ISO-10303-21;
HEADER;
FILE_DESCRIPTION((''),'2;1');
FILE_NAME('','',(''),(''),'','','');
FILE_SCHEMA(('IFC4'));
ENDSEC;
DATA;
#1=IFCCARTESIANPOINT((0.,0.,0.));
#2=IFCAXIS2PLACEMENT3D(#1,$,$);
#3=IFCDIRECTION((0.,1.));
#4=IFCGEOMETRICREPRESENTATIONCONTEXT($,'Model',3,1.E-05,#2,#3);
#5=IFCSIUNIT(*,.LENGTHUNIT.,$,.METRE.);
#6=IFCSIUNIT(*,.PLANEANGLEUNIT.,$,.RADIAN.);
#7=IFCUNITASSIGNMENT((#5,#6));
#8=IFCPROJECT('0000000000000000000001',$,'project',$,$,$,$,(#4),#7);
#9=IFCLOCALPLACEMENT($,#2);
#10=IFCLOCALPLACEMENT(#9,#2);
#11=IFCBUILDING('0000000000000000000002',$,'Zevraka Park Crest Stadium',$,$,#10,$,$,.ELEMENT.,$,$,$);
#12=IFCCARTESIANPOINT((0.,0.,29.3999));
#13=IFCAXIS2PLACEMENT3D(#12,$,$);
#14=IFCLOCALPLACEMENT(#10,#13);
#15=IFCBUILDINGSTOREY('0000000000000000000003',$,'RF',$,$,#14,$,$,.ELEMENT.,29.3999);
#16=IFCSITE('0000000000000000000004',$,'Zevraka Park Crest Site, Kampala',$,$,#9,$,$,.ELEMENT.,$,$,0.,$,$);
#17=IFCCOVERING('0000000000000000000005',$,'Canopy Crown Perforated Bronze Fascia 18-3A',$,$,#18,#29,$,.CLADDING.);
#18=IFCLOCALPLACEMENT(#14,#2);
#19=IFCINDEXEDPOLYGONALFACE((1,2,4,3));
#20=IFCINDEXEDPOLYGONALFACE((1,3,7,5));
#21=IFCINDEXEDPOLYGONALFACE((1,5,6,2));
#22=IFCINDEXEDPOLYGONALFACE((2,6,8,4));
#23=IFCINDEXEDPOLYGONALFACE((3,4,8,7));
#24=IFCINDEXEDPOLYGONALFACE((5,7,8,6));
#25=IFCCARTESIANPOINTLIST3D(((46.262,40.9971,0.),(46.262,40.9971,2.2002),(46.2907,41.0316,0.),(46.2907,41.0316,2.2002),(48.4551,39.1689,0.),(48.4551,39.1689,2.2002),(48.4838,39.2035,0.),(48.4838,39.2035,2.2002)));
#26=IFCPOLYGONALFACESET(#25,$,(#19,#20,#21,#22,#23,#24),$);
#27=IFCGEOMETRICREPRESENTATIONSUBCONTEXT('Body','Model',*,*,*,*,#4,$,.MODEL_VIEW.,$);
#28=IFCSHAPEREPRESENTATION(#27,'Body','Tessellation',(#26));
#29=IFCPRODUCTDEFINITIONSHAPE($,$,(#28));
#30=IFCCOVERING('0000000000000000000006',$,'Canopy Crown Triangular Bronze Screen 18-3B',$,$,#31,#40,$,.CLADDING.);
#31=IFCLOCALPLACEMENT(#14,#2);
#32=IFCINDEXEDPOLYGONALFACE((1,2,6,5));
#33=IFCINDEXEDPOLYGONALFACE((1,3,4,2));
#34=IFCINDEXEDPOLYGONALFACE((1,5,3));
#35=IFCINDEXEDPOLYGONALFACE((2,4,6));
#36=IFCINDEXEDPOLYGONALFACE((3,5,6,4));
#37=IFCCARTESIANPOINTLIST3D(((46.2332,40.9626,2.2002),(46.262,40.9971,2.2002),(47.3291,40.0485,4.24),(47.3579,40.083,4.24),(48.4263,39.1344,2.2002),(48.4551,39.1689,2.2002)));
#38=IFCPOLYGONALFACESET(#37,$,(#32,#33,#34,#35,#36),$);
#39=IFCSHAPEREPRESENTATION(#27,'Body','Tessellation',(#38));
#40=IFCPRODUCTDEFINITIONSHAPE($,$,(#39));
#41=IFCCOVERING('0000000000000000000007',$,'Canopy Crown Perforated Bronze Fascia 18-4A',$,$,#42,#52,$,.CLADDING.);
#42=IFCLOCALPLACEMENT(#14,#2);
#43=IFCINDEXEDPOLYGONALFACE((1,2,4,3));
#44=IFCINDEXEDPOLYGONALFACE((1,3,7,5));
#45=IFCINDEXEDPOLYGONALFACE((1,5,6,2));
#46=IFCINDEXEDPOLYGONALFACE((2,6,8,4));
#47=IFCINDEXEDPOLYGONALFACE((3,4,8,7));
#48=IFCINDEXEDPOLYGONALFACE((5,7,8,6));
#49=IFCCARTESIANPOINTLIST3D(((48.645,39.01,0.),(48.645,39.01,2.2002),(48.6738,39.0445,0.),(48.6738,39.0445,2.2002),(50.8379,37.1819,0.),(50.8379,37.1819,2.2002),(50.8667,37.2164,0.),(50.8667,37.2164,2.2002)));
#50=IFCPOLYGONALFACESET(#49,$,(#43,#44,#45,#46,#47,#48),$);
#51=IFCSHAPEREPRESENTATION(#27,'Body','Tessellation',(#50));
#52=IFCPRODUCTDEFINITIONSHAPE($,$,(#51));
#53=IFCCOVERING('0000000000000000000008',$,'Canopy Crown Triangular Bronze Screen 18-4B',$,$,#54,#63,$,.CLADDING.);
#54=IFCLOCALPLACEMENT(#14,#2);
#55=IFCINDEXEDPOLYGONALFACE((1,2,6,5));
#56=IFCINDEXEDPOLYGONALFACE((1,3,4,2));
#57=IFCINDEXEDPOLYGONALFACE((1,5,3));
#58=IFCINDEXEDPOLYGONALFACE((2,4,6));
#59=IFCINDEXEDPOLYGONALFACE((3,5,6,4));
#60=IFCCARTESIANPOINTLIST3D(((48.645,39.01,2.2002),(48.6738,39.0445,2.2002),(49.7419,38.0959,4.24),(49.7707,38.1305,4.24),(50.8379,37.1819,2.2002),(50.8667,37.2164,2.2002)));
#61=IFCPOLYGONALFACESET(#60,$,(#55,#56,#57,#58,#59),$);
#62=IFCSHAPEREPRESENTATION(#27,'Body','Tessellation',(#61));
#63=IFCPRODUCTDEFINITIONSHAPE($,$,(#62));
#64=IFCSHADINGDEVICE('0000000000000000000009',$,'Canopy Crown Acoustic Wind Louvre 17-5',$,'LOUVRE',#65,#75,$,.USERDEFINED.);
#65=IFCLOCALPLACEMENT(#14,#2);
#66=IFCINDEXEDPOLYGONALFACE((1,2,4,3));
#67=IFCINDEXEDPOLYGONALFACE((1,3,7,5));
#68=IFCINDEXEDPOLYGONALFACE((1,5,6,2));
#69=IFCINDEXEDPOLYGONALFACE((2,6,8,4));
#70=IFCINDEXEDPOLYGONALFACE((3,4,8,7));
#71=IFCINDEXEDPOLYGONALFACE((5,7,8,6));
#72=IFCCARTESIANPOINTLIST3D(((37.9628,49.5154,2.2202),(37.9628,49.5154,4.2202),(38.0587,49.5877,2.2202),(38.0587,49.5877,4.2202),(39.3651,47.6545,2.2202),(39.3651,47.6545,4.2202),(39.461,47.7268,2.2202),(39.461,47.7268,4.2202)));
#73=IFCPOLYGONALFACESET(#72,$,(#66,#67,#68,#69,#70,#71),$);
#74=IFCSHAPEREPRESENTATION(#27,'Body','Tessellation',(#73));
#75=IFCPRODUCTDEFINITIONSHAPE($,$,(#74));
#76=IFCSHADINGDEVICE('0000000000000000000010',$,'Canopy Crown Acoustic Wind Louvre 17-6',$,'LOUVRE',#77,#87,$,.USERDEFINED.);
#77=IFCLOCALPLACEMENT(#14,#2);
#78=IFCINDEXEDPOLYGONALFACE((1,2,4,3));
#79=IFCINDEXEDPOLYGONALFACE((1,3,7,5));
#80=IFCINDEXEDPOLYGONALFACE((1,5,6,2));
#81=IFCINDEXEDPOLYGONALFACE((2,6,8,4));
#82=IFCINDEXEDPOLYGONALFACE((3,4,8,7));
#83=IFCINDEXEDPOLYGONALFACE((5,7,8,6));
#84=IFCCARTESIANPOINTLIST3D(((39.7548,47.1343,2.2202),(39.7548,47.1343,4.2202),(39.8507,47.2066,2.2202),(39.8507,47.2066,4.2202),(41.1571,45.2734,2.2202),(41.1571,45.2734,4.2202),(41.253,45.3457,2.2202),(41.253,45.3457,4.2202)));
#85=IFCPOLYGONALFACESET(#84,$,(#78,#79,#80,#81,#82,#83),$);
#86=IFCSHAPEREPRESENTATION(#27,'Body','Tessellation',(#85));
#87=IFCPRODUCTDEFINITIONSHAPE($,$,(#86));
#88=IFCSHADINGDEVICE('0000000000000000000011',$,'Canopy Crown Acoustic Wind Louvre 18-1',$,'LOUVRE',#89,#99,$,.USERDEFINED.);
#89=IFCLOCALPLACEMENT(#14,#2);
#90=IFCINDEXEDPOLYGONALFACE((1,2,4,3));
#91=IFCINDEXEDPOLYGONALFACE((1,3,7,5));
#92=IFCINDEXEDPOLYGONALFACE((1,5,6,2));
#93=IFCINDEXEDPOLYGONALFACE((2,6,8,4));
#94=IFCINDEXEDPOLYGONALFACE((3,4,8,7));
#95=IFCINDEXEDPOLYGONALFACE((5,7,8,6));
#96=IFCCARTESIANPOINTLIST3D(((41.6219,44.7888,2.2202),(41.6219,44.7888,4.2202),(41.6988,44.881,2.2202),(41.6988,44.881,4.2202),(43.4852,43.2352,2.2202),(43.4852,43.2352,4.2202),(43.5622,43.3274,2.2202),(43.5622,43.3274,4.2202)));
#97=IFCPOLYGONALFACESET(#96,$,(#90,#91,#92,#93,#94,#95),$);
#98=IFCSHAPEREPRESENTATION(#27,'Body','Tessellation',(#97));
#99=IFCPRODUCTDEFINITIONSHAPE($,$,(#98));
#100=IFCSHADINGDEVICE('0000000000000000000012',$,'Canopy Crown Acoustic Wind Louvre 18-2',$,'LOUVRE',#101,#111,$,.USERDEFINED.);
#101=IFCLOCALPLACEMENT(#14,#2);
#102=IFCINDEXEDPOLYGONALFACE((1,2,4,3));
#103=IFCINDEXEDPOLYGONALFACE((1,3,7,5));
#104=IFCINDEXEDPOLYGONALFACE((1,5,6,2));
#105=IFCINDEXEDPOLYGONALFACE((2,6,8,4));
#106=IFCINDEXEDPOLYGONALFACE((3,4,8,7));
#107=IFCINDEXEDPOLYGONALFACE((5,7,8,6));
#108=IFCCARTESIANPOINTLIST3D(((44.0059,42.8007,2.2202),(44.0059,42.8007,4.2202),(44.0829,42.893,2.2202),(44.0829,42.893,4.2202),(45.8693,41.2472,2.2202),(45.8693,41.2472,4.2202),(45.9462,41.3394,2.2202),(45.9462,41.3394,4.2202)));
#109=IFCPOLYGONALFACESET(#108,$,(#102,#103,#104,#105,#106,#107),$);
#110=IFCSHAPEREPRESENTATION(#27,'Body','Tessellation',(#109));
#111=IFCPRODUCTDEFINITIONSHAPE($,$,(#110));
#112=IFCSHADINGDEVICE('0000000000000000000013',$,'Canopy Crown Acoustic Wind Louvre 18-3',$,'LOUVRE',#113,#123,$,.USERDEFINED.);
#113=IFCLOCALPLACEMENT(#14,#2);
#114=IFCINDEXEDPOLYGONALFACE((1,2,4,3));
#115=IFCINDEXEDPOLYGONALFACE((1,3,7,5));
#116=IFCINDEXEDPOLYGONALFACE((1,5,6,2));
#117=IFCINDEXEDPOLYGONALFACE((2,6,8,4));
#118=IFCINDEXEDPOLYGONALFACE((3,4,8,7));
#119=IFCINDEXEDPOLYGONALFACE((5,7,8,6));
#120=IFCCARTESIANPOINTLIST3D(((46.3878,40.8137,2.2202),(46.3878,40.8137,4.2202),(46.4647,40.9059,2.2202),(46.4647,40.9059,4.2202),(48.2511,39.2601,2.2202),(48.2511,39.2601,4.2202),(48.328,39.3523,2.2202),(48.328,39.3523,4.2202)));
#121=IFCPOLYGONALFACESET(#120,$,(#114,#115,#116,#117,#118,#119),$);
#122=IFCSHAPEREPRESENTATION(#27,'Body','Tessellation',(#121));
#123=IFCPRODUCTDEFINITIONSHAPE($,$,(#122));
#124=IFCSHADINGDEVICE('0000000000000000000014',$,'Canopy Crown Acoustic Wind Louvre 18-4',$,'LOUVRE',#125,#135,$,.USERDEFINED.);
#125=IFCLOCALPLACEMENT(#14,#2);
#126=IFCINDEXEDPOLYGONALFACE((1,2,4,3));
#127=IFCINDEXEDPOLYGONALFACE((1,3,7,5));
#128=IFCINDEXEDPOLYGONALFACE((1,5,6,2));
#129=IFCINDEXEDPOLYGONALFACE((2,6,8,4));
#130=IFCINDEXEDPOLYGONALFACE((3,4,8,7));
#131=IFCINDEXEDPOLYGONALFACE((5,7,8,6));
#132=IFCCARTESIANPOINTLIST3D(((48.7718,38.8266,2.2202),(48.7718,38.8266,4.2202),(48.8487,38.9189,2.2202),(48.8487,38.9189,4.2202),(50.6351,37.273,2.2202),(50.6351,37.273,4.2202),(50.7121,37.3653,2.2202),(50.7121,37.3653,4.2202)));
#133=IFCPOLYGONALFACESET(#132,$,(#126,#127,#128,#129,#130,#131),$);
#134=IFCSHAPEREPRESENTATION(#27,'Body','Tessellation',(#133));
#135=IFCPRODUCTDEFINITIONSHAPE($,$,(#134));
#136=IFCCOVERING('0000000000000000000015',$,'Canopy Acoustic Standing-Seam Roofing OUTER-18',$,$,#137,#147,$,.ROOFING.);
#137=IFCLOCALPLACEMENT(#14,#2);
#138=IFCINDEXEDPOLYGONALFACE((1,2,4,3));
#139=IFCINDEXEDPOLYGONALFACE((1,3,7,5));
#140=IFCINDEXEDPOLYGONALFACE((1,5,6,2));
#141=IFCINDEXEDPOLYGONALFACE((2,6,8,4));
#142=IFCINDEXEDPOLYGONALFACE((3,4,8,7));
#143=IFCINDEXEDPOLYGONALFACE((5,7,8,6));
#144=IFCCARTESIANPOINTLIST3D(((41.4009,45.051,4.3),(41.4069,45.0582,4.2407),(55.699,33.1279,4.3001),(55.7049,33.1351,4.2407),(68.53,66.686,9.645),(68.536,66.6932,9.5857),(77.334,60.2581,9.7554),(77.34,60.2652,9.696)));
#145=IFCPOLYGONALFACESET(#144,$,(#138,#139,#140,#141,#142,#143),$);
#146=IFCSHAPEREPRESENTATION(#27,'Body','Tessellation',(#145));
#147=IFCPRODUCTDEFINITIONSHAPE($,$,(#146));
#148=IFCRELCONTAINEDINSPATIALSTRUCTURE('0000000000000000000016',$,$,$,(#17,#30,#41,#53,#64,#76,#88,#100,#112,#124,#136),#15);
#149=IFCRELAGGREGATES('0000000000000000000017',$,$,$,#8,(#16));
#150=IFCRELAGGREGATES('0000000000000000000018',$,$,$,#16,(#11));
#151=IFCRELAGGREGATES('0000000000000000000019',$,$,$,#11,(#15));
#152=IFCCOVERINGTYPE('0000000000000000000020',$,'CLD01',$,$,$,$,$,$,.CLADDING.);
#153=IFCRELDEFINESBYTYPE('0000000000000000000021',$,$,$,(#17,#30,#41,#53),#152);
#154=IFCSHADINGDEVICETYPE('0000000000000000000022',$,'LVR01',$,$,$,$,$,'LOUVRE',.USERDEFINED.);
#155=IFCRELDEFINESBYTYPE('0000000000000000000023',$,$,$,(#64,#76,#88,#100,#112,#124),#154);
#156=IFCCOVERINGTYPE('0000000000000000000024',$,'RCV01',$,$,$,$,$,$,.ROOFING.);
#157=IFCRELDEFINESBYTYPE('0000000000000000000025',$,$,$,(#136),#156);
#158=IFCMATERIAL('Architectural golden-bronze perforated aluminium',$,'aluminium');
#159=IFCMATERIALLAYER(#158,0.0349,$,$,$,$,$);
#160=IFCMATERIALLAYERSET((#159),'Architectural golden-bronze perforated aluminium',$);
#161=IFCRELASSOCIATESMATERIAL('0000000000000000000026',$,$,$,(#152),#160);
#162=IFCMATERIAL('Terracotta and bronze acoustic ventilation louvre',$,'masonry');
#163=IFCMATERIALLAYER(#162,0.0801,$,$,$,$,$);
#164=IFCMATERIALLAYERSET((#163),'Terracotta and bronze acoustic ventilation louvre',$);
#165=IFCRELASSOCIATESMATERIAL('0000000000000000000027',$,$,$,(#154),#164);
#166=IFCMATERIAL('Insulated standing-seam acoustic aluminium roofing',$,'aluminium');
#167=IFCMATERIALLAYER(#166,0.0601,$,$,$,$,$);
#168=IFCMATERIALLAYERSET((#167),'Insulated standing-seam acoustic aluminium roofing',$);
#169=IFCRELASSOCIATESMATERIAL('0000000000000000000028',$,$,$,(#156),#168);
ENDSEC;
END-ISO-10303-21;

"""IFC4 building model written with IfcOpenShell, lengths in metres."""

from ifc_helpers import new_model, si_unit, direction, frame, origin, origin_2d, place, context, subcontext, project, spatial, polyline, rectangle, outline, extrude, material, layer, layer_set, type_object, element, save


model = new_model("IFC4")

# Units and contexts
model_context = context("Model", 3, precision=1e-05, world=origin(), true_north=direction((0.0, 1.0)))
body_context = subcontext(model_context, "Body", "Model", "MODEL_VIEW")
ifc_project = project(units=[si_unit("LENGTHUNIT", "METRE"), si_unit("PLANEANGLEUNIT", "RADIAN")], contexts=[model_context])

# Site, building, storey
site_placement = place(None, origin())
site = spatial("IfcSite", under=ifc_project, at=site_placement, Name="Zevraka Park Crest Site, Kampala", CompositionType="ELEMENT", RefElevation=0.0)
building_placement = place(site_placement, origin())
building = spatial("IfcBuilding", under=site, at=building_placement, Name="Zevraka Park Crest Stadium", CompositionType="ELEMENT")
storey_placement = place(building_placement, frame((0.0, 0.0, 29.3999)))
storey = spatial("IfcBuildingStorey", under=building, at=storey_placement, Name="RF", CompositionType="ELEMENT", Elevation=29.3999)

# Coverings
ifc_material_1 = material(Name="Architectural golden-bronze perforated aluminium", Category="aluminium")
ifc_layer_1 = layer(ifc_material_1, 0.0349)
ifc_layer_set_1 = layer_set([ifc_layer_1], Name="Architectural golden-bronze perforated aluminium")
covering_type_1 = type_object("IfcCoveringType", Name="CLD01", PredefinedType="CLADDING", material=ifc_layer_set_1)
covering_1_placement = place(storey_placement, frame((46.262, 40.9971, 0.0), z_axis=(-0.640294, -0.76813, 0.0), x_axis=(0.76813, -0.640294, 0.0)))
element("IfcCovering", 1, at=covering_1_placement, inside=storey, type_object=covering_type_1, Name="Canopy Crown Perforated Bronze Fascia 18-3A", PredefinedType="CLADDING", context=body_context, shape_type="SweptSolid", body=[
    extrude(outline(polyline([(0.0, 0.0), (2.8551, 0.0), (2.8551, 2.2002), (0.0, 2.2002), (0.0, 0.0)])), origin(), (0.0, 0.0, -1.0), 0.0449),
])
covering_2_placement = place(storey_placement, frame((46.262, 40.9971, 2.2002), z_axis=(0.640294, 0.76813, 0.000192), x_axis=(0.76813, -0.640294, 0.0)))
element("IfcCovering", 2, at=covering_2_placement, inside=storey, type_object=covering_type_1, Name="Canopy Crown Triangular Bronze Screen 18-3B", PredefinedType="CLADDING", context=body_context, shape_type="SweptSolid", body=[
    extrude(outline(polyline([(0.0, 0.0), (2.8551, 0.0), (1.4271, -2.0398), (0.0, 0.0)])), origin(), (0.0, 0.0, -1.0), 0.0449),
])
covering_3_placement = place(storey_placement, frame((48.645, 39.01, 0.0), z_axis=(-0.640336, -0.768095, 0.0), x_axis=(0.768095, -0.640336, 0.0)))
element("IfcCovering", 3, at=covering_3_placement, inside=storey, type_object=covering_type_1, Name="Canopy Crown Perforated Bronze Fascia 18-4A", PredefinedType="CLADDING", context=body_context, shape_type="SweptSolid", body=[
    extrude(outline(polyline([(0.0, 0.0), (2.8549, 0.0), (2.8549, 2.2002), (0.0, 2.2002), (0.0, 0.0)])), origin(), (0.0, 0.0, -1.0), 0.0449),
])
covering_4_placement = place(storey_placement, frame((48.645, 39.01, 2.2002), z_axis=(-0.640336, -0.768095, 0.000153), x_axis=(0.768095, -0.640336, 0.0)))
element("IfcCovering", 4, at=covering_4_placement, inside=storey, type_object=covering_type_1, Name="Canopy Crown Triangular Bronze Screen 18-4B", PredefinedType="CLADDING", context=body_context, shape_type="SweptSolid", body=[
    extrude(outline(polyline([(0.0, 0.0), (2.8549, 0.0), (1.4278, 2.0398), (0.0, 0.0)])), origin(), (0.0, 0.0, -1.0), 0.0449),
])

# Shading devices
ifc_material_2 = material(Name="Terracotta and bronze acoustic ventilation louvre", Category="masonry")
ifc_layer_2 = layer(ifc_material_2, 0.0801)
ifc_layer_set_2 = layer_set([ifc_layer_2], Name="Terracotta and bronze acoustic ventilation louvre")
shading_device_type = type_object("IfcShadingDeviceType", Name="LVR01", ElementType="LOUVRE", PredefinedType="USERDEFINED", material=ifc_layer_set_2)
for number, where, z_axis, x_axis, name in (
    (5, (38.7119, 48.6211, 2.2202), (0.0, 0.0, 1.0), (0.601815, -0.798636, 0.0), "Canopy Crown Acoustic Wind Louvre 17-5"),
    (6, (40.5039, 46.24, 2.2202), (0.0, 0.0, 1.0), (0.601815, -0.798636, 0.0), "Canopy Crown Acoustic Wind Louvre 17-6"),
):
    element("IfcShadingDevice", number, at=place(storey_placement, frame(where, z_axis=z_axis, x_axis=x_axis)), inside=storey, type_object=shading_device_type, Name=name, ObjectType="LOUVRE", PredefinedType="USERDEFINED", context=body_context, shape_type="SweptSolid", body=[
        extrude(rectangle(XDim=2.3301, YDim=0.1201, at=origin_2d()), origin(), (0.0, 0.0, 1.0), 2.0),
    ])
for number, where, z_axis, x_axis, name in (
    (7, (42.592, 44.0581, 2.2202), (0.0, 0.0, 1.0), (0.76806, -0.640378, 0.0), "Canopy Crown Acoustic Wind Louvre 18-1"),
    (8, (44.9761, 42.0701, 2.2202), (0.0, 0.0, 1.0), (0.76806, -0.640378, 0.0), "Canopy Crown Acoustic Wind Louvre 18-2"),
    (9, (47.3579, 40.083, 2.2202), (0.0, 0.0, 1.0), (0.76806, -0.640378, 0.0), "Canopy Crown Acoustic Wind Louvre 18-3"),
    (10, (49.7419, 38.0959, 2.2202), (0.0, 0.0, 1.0), (0.76806, -0.640378, 0.0), "Canopy Crown Acoustic Wind Louvre 18-4"),
):
    element("IfcShadingDevice", number, at=place(storey_placement, frame(where, z_axis=z_axis, x_axis=x_axis)), inside=storey, type_object=shading_device_type, Name=name, ObjectType="LOUVRE", PredefinedType="USERDEFINED", context=body_context, shape_type="SweptSolid", body=[
        extrude(rectangle(XDim=2.426, YDim=0.1201, at=origin_2d()), origin(), (0.0, 0.0, 1.0), 2.0),
    ])

# Covering
ifc_material_3 = material(Name="Insulated standing-seam acoustic aluminium roofing", Category="aluminium")
ifc_layer_3 = layer(ifc_material_3, 0.0601)
ifc_layer_set_3 = layer_set([ifc_layer_3], Name="Insulated standing-seam acoustic aluminium roofing")
covering_type_2 = type_object("IfcCoveringType", Name="RCV01", PredefinedType="ROOFING", material=ifc_layer_set_3)
covering_5_placement = place(storey_placement, frame((41.4009, 45.051, 4.3), z_axis=(-0.099487, -0.119303, 0.987861), x_axis=(0.768009, -0.640439, 0.000001)))
element("IfcCovering", 11, at=covering_5_placement, inside=storey, type_object=covering_type_2, Name="Canopy Acoustic Standing-Seam Roofing OUTER-18", PredefinedType="ROOFING", context=body_context, shape_type="SweptSolid", body=[
    extrude(outline(polyline([(0.0, 0.0), (18.6171, 0.0), (17.8578, 35.1184), (6.9796, 34.4081), (0.0, 0.0)])), origin(), (0.0, 0.0, -1.0), 0.0601),
])

save(model, "model.ifc")
